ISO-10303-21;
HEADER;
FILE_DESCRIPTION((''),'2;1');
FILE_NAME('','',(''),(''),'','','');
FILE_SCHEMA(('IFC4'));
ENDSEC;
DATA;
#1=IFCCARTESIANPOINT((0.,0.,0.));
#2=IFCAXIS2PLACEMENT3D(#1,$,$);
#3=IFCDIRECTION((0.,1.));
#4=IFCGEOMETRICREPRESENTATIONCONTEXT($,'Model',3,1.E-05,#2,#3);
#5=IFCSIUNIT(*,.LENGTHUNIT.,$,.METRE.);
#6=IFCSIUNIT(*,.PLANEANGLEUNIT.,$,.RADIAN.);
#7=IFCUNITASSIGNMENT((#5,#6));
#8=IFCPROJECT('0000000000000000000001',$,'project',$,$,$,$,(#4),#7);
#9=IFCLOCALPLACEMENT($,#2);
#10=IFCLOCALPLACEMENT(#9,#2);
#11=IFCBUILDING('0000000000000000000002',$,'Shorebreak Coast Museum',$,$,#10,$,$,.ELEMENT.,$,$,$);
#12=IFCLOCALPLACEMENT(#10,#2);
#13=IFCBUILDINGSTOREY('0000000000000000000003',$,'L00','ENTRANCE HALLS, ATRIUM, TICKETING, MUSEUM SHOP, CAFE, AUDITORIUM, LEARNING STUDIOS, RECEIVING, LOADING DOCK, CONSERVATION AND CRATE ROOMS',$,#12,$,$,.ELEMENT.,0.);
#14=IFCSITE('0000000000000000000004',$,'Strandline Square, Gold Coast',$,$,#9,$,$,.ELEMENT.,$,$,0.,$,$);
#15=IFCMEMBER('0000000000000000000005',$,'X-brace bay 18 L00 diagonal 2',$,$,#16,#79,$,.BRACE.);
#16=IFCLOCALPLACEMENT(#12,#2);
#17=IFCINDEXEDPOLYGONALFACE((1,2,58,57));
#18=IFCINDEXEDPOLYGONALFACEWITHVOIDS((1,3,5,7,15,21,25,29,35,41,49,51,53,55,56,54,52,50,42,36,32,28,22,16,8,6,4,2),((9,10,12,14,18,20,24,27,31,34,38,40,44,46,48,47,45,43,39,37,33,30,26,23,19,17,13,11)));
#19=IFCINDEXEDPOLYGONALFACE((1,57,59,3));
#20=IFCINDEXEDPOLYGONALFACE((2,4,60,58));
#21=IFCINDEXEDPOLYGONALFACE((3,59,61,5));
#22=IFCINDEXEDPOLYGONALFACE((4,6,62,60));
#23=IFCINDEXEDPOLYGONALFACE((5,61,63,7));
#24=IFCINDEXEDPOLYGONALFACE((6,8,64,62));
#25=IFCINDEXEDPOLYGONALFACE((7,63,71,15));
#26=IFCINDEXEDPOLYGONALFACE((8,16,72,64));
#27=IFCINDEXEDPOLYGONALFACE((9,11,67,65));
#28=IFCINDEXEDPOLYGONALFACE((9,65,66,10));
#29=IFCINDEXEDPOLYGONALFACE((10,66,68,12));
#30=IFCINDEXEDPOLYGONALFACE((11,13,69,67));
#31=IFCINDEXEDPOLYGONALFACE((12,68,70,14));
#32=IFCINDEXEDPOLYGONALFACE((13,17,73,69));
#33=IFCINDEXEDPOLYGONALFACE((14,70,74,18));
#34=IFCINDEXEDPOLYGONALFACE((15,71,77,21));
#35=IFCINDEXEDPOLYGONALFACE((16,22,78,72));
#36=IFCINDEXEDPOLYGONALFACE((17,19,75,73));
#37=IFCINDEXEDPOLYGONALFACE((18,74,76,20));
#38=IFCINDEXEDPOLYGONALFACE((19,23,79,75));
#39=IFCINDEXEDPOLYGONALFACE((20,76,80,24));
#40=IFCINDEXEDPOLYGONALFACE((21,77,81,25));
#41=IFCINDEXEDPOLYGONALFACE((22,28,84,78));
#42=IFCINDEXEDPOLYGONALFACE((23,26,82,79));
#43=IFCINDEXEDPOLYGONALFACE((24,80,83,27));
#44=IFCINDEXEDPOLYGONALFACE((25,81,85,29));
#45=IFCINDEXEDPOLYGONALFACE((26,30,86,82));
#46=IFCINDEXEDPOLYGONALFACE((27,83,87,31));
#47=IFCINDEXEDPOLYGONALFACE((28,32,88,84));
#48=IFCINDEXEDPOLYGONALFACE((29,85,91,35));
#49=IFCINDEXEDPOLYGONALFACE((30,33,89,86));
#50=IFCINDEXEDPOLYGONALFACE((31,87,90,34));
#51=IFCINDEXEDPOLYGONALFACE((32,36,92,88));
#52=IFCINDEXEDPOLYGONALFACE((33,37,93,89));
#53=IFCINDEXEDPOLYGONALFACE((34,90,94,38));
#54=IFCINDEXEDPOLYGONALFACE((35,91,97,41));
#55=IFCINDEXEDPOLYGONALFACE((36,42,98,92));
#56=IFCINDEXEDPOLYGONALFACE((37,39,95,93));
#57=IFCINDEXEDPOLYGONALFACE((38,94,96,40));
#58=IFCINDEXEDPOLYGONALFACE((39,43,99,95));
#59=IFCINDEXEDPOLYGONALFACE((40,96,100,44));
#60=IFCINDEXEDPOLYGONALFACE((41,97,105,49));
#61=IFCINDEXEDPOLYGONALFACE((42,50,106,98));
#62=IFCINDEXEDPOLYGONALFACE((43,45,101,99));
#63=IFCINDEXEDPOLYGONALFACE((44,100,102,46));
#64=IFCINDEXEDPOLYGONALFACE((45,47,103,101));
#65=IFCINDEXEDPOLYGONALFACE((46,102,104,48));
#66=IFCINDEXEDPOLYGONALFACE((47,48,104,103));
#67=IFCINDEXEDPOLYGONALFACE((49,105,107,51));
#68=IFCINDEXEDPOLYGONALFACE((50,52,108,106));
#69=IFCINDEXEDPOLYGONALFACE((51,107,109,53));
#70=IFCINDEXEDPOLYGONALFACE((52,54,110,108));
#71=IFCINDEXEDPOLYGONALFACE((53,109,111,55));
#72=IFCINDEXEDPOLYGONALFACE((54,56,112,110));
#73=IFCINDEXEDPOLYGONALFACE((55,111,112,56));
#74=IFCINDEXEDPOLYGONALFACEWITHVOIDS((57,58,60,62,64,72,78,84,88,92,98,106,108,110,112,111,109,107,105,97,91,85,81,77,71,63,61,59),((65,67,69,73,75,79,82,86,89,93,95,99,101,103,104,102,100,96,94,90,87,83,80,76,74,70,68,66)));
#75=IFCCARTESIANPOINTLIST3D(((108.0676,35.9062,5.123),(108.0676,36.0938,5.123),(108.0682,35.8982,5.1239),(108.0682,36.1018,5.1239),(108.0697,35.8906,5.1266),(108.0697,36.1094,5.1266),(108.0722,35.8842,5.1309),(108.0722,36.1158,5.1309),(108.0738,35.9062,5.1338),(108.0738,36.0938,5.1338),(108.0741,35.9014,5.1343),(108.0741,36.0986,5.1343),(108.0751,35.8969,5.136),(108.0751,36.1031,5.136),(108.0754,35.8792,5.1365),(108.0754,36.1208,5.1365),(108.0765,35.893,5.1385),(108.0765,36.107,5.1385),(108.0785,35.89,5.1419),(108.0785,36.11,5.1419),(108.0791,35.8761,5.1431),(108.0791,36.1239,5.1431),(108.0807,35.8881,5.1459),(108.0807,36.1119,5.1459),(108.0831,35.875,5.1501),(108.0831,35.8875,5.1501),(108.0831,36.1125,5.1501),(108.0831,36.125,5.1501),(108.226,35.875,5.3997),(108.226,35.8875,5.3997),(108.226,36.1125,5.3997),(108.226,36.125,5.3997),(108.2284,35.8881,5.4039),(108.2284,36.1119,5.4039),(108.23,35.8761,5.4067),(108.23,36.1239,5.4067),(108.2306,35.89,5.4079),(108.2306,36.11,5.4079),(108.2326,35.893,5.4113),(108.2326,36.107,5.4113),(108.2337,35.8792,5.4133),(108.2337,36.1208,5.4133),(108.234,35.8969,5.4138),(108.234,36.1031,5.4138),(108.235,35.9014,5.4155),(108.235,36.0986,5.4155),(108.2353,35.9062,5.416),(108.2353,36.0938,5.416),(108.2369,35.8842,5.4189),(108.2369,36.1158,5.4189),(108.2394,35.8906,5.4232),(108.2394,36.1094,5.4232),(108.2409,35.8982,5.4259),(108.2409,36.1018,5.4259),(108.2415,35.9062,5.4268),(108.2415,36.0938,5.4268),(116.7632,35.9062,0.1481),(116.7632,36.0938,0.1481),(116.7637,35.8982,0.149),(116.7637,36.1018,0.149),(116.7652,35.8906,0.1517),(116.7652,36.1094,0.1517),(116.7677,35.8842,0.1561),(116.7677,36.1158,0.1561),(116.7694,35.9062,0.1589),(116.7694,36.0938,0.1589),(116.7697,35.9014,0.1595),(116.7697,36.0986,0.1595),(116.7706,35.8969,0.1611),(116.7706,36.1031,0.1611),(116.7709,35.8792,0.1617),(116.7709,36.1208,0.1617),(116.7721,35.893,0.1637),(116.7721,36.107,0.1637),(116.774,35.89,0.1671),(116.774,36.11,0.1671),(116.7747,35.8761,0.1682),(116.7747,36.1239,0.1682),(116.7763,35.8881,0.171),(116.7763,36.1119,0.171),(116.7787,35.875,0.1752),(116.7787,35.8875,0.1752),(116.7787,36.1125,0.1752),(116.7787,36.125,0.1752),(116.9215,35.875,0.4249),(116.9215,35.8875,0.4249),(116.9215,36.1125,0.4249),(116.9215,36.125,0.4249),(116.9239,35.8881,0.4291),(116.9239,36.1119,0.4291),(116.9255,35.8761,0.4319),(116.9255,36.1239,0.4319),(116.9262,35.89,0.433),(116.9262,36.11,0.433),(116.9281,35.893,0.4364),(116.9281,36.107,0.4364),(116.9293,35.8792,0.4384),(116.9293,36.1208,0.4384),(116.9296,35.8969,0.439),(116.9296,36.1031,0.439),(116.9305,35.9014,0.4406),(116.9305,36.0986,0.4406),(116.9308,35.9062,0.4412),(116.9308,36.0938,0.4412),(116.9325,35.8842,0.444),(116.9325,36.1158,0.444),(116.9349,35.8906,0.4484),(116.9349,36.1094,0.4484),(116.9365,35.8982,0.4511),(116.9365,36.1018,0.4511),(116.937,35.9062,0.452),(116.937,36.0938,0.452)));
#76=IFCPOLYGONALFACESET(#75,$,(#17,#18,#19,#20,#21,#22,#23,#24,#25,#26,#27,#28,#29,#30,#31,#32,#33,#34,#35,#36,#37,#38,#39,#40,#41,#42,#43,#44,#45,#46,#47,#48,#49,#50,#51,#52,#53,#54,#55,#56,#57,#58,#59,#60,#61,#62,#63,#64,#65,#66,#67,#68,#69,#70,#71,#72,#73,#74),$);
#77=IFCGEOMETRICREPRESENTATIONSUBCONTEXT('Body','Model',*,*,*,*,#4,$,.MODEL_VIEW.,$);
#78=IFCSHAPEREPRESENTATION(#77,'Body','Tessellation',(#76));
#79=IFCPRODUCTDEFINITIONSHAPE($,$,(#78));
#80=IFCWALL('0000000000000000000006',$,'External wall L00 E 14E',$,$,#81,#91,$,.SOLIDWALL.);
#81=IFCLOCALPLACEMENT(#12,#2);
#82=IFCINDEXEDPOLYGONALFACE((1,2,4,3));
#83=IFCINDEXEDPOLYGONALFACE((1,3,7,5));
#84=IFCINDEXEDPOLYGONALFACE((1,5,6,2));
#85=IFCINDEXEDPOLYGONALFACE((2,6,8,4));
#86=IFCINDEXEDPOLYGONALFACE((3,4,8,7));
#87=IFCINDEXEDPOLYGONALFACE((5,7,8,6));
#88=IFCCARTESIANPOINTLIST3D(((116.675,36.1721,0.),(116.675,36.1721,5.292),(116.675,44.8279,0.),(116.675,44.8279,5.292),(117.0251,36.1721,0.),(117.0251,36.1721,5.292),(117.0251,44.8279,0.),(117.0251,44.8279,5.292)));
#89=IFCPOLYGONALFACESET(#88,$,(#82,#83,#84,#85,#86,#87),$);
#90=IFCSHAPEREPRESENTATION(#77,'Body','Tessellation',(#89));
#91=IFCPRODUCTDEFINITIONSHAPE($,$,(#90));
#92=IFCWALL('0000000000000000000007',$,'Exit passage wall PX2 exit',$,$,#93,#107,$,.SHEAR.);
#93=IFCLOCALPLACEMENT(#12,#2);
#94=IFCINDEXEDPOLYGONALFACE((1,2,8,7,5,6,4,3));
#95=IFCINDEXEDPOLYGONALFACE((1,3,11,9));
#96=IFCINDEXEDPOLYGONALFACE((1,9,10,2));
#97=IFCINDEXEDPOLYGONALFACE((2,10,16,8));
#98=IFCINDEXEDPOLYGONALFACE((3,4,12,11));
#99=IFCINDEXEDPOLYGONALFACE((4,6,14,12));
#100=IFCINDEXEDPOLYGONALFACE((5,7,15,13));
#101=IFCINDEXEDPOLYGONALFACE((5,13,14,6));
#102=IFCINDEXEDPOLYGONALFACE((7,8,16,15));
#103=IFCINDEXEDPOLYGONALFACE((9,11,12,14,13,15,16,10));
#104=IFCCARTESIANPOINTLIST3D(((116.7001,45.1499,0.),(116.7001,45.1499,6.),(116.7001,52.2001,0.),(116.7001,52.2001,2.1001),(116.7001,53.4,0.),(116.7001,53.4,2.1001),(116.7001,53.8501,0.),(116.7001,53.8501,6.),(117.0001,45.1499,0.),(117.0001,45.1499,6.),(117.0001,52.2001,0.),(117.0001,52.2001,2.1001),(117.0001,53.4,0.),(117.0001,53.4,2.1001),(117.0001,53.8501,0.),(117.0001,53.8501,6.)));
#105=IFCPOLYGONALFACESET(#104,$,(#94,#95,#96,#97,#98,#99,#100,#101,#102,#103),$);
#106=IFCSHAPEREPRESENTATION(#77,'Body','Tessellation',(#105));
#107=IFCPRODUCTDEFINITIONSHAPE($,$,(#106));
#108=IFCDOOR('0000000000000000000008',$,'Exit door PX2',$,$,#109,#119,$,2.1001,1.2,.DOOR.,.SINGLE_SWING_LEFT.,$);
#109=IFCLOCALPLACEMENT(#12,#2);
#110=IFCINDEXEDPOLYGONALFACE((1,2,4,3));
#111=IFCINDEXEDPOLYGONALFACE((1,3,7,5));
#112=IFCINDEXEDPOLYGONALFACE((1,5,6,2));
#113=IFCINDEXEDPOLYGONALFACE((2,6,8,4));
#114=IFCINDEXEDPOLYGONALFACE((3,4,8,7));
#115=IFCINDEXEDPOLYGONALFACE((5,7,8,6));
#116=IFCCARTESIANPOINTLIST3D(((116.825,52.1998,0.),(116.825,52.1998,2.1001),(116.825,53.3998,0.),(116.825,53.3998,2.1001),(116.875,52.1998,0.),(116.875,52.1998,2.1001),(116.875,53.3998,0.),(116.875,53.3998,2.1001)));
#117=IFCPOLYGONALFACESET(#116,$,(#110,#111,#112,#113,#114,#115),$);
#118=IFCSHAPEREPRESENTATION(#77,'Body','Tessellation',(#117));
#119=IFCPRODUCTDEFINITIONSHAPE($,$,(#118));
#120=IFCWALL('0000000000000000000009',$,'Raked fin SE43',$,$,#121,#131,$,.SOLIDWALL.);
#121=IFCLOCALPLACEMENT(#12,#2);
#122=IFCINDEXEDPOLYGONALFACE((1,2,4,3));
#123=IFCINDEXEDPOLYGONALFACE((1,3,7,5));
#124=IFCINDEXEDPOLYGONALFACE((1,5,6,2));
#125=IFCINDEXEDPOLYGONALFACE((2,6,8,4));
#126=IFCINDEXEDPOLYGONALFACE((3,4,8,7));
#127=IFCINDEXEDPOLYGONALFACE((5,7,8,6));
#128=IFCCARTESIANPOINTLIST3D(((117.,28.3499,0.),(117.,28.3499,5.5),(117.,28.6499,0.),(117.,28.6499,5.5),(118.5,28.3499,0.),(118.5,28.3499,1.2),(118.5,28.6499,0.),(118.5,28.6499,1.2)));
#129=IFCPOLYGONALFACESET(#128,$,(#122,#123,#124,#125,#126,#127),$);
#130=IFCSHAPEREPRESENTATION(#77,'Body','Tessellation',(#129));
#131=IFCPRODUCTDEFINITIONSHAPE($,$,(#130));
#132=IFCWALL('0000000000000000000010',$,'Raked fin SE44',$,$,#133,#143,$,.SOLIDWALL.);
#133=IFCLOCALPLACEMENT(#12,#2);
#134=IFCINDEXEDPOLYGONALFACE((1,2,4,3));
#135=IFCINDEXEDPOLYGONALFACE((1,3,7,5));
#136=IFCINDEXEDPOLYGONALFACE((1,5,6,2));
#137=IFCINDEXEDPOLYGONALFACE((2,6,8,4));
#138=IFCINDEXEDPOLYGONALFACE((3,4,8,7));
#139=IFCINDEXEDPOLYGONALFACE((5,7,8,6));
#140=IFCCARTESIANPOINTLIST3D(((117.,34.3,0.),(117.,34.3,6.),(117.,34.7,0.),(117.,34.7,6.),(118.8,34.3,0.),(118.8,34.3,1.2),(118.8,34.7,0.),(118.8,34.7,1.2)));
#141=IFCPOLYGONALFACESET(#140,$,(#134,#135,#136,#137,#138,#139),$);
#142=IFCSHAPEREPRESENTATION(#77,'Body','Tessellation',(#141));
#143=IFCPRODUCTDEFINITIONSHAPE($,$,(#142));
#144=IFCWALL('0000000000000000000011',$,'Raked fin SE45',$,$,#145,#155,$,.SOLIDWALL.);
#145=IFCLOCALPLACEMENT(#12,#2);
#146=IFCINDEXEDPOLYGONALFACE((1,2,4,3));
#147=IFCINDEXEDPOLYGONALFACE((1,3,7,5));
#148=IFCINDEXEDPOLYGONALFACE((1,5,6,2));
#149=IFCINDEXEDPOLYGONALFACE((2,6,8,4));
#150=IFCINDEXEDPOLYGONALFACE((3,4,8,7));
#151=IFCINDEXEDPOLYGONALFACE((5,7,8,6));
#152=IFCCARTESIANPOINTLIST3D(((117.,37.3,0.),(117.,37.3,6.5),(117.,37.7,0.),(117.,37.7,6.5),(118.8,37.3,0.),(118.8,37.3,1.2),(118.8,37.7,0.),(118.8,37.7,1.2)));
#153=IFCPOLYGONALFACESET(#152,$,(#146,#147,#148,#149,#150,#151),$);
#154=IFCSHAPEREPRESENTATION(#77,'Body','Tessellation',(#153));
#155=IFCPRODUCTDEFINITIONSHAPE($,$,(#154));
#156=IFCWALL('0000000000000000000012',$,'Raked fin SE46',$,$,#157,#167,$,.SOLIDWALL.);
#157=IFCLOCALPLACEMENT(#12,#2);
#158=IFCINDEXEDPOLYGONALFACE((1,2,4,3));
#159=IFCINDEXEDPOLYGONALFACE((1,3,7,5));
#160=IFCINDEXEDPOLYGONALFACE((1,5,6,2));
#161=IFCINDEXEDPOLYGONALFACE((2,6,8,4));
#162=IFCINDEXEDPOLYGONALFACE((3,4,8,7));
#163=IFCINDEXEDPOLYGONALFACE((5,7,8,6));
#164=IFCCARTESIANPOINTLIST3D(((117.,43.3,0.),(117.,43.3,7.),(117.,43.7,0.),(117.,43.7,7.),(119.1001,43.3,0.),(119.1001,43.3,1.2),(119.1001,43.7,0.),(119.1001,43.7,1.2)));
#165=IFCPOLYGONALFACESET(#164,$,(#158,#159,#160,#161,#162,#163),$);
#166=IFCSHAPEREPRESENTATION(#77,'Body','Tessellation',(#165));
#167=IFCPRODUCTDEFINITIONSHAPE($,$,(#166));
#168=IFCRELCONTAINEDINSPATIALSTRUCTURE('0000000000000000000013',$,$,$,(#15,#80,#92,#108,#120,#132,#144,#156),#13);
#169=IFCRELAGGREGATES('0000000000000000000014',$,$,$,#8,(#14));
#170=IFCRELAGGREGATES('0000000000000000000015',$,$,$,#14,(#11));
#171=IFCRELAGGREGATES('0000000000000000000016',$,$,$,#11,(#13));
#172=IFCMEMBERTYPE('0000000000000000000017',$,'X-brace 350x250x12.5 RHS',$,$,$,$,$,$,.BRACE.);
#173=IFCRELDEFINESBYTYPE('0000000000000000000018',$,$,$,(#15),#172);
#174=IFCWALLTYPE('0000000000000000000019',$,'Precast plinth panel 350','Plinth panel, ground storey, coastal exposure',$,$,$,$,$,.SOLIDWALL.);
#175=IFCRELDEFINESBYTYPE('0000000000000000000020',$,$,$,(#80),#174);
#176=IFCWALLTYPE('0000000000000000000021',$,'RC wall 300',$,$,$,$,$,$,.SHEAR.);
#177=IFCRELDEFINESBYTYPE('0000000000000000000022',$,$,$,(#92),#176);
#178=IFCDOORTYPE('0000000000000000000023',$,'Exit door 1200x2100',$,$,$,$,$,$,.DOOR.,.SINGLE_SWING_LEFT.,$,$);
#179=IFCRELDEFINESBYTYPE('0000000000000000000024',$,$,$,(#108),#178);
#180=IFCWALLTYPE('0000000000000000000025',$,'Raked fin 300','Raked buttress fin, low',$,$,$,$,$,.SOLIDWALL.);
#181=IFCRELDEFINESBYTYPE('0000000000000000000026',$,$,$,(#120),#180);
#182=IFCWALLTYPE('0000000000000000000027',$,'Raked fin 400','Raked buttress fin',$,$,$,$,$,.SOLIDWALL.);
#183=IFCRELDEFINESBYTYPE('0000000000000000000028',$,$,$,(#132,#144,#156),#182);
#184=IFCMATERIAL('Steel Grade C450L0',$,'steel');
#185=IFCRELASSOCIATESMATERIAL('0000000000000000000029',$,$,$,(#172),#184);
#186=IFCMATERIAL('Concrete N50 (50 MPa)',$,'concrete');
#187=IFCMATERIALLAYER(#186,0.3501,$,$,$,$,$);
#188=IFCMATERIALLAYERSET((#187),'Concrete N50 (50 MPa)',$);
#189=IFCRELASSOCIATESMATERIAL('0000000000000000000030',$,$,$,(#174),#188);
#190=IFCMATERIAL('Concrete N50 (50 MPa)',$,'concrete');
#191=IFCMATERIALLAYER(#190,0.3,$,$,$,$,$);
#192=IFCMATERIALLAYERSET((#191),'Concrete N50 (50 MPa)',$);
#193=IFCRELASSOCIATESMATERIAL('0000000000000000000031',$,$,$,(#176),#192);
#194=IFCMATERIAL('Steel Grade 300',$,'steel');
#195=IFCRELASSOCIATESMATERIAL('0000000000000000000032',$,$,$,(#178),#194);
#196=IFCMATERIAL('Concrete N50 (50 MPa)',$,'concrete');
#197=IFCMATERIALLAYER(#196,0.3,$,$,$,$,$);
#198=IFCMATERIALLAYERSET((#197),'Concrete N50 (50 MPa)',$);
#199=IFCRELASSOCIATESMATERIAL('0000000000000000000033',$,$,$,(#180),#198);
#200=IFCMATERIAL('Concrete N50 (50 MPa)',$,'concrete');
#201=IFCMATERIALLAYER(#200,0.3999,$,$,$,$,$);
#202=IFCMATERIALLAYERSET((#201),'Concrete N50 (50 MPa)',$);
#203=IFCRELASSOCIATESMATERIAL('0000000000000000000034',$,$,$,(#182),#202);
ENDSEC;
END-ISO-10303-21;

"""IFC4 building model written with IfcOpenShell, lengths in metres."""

from ifc_helpers import new_model, si_unit, direction, frame, frame_2d, origin, origin_2d, place, context, subcontext, project, spatial, polyline, rectangle, hollow_rectangle, outline, extrude, material, layer, layer_set, material_profile, profile_set, type_object, element, fill, save


model = new_model("IFC4")

# Units and contexts
model_context = context("Model", 3, precision=1e-05, world=origin(), true_north=direction((0.0, 1.0)))
body_context = subcontext(model_context, "Body", "Model", "MODEL_VIEW")
ifc_project = project(units=[si_unit("LENGTHUNIT", "METRE"), si_unit("PLANEANGLEUNIT", "RADIAN")], contexts=[model_context])

# Site, building, storey
site_placement = place(None, origin())
site = spatial("IfcSite", under=ifc_project, at=site_placement, Name="Strandline Square, Gold Coast", CompositionType="ELEMENT", RefElevation=0.0)
building_placement = place(site_placement, origin())
building = spatial("IfcBuilding", under=site, at=building_placement, Name="Shorebreak Coast Museum", CompositionType="ELEMENT")
storey_placement = place(building_placement, origin())
storey = spatial("IfcBuildingStorey", under=building, at=storey_placement, Name="L00", Description="ENTRANCE HALLS, ATRIUM, TICKETING, MUSEUM SHOP, CAFE, AUDITORIUM, LEARNING STUDIOS, RECEIVING, LOADING DOCK, CONSERVATION AND CRATE ROOMS", CompositionType="ELEMENT", Elevation=0.0)

# Member
ifc_material_1 = material(Name="Steel Grade C450L0", Category="steel")
ifc_material_profile_1 = material_profile(ifc_material_1, hollow_rectangle(XDim=0.25, YDim=0.3501, WallThickness=0.0125, InnerFilletRadius=0.0188, OuterFilletRadius=0.0312, at=origin_2d()), Name="350x250x12.5 RHS")
ifc_profile_set_1 = profile_set([ifc_material_profile_1], Name="Steel Grade C450L0")
member_type = type_object("IfcMemberType", Name="X-brace 350x250x12.5 RHS", PredefinedType="BRACE", material=ifc_profile_set_1)
member_placement = place(storey_placement, frame((116.8501, 36.0, 0.3), z_axis=(-0.867987, 0.0, 0.496588), x_axis=(0.0, -1.0, 0.0)))
element("IfcMember", 1, at=member_placement, inside=storey, type_object=member_type, Name="X-brace bay 18 L00 diagonal 2", PredefinedType="BRACE", context=body_context, shape_type="SweptSolid", body=[
    extrude(hollow_rectangle(XDim=0.25, YDim=0.3501, WallThickness=0.0125, InnerFilletRadius=0.0188, OuterFilletRadius=0.0312, at=origin_2d()), origin(), (0.0, 0.0, 1.0), 10.0181),
])

# Wall
ifc_material_2 = material(Name="Concrete N50 (50 MPa)", Category="concrete")
ifc_layer_1 = layer(ifc_material_2, 0.3501)
ifc_layer_set_1 = layer_set([ifc_layer_1], Name="Concrete N50 (50 MPa)")
wall_type_1 = type_object("IfcWallType", Name="Precast plinth panel 350", Description="Plinth panel, ground storey, coastal exposure", PredefinedType="SOLIDWALL", material=ifc_layer_set_1)
wall_1_placement = place(storey_placement, frame((116.8501, 36.1721, 0.0), z_axis=(0.0, 0.0, 1.0), x_axis=(0.0, 1.0, 0.0)))
element("IfcWall", 2, at=wall_1_placement, inside=storey, type_object=wall_type_1, Name="External wall L00 E 14E", PredefinedType="SOLIDWALL", context=body_context, shape_type="SweptSolid", body=[
    extrude(rectangle(XDim=8.6558, YDim=0.3501, at=frame_2d((4.3279, 0.0))), origin(), (0.0, 0.0, 1.0), 5.292),
])

# Wall, opening, door
ifc_material_3 = material(Name="Concrete N50 (50 MPa)", Category="concrete")
ifc_layer_2 = layer(ifc_material_3, 0.3)
ifc_layer_set_2 = layer_set([ifc_layer_2], Name="Concrete N50 (50 MPa)")
wall_type_2 = type_object("IfcWallType", Name="RC wall 300", PredefinedType="SHEAR", material=ifc_layer_set_2)
wall_2_placement = place(storey_placement, frame((116.8501, 45.1499, 0.0), z_axis=(0.0, 0.0, 1.0), x_axis=(0.0, 1.0, 0.0)))
wall_2 = element("IfcWall", 3, at=wall_2_placement, inside=storey, type_object=wall_type_2, Name="Exit passage wall PX2 exit", PredefinedType="SHEAR", context=body_context, shape_type="SweptSolid", body=[
    extrude(rectangle(XDim=8.7002, YDim=0.3, at=frame_2d((4.3501, 0.0))), origin(), (0.0, 0.0, 1.0), 6.0),
])
opening_placement = place(wall_2_placement, frame((7.05, 0.0, 0.0)))
opening = element("IfcOpeningElement", 4, at=opening_placement, cuts=wall_2, PredefinedType="OPENING", context=body_context, shape_type="SweptSolid", body=[
    extrude(rectangle(XDim=1.2, YDim=2.1001, at=frame_2d((0.6001, 1.05))), frame((0.0, 0.1599, 0.0), z_axis=(0.0, -1.0, 0.0), x_axis=(1.0, 0.0, 0.0)), (0.0, 0.0, 1.0), 0.3201),
])
ifc_material_4 = material(Name="Steel Grade 300", Category="steel")
door_type = type_object("IfcDoorType", Name="Exit door 1200x2100", OperationType="SINGLE_SWING_LEFT", PredefinedType="DOOR", material=ifc_material_4)
door_placement = place(opening_placement, frame((1.2, 0.0, 0.0), z_axis=(0.0, 0.0, 1.0), x_axis=(-1.0, 0.0, 0.0)))
door = element("IfcDoor", 5, at=door_placement, inside=storey, type_object=door_type, Name="Exit door PX2", OperationType="SINGLE_SWING_LEFT", OverallHeight=2.1001, OverallWidth=1.2, PredefinedType="DOOR", context=body_context, shape_type="SweptSolid", body=[
    extrude(rectangle(XDim=1.2, YDim=2.1001, at=frame_2d((0.6001, 1.05))), frame((0.0, 0.0249, 0.0), z_axis=(0.0, -1.0, 0.0), x_axis=(1.0, 0.0, 0.0)), (0.0, 0.0, 1.0), 0.05),
])
fill(opening, door)

# Walls
ifc_material_5 = material(Name="Concrete N50 (50 MPa)", Category="concrete")
ifc_layer_3 = layer(ifc_material_5, 0.3)
ifc_layer_set_3 = layer_set([ifc_layer_3], Name="Concrete N50 (50 MPa)")
wall_type_3 = type_object("IfcWallType", Name="Raked fin 300", Description="Raked buttress fin, low", PredefinedType="SOLIDWALL", material=ifc_layer_set_3)
wall_3_placement = place(storey_placement, frame((117.0, 28.5, 0.0), z_axis=(0.0, 0.0, 1.0), x_axis=(1.0, 0.0, 0.0)))
element("IfcWall", 6, at=wall_3_placement, inside=storey, type_object=wall_type_3, Name="Raked fin SE43", PredefinedType="SOLIDWALL", context=body_context, shape_type="SweptSolid", body=[
    extrude(outline(polyline([(0.0, 0.0), (1.5, 0.0), (1.5, 1.2), (0.0, 5.5), (0.0, 0.0)])), frame((0.0, 0.1499, 0.0), z_axis=(0.0, -1.0, 0.0), x_axis=(1.0, 0.0, 0.0)), (0.0, 0.0, 1.0), 0.3),
])
ifc_material_6 = material(Name="Concrete N50 (50 MPa)", Category="concrete")
ifc_layer_4 = layer(ifc_material_6, 0.3999)
ifc_layer_set_4 = layer_set([ifc_layer_4], Name="Concrete N50 (50 MPa)")
wall_type_4 = type_object("IfcWallType", Name="Raked fin 400", Description="Raked buttress fin", PredefinedType="SOLIDWALL", material=ifc_layer_set_4)
wall_4_placement = place(storey_placement, frame((117.0, 34.5, 0.0), z_axis=(0.0, 0.0, 1.0), x_axis=(1.0, 0.0, 0.0)))
element("IfcWall", 7, at=wall_4_placement, inside=storey, type_object=wall_type_4, Name="Raked fin SE44", PredefinedType="SOLIDWALL", context=body_context, shape_type="SweptSolid", body=[
    extrude(outline(polyline([(0.0, 0.0), (1.8, 0.0), (1.8, 1.2), (0.0, 6.0), (0.0, 0.0)])), frame((0.0, 0.2, 0.0), z_axis=(0.0, -1.0, 0.0), x_axis=(1.0, 0.0, 0.0)), (0.0, 0.0, 1.0), 0.3999),
])
wall_5_placement = place(storey_placement, frame((117.0, 37.5, 0.0), z_axis=(0.0, 0.0, 1.0), x_axis=(1.0, 0.0, 0.0)))
element("IfcWall", 8, at=wall_5_placement, inside=storey, type_object=wall_type_4, Name="Raked fin SE45", PredefinedType="SOLIDWALL", context=body_context, shape_type="SweptSolid", body=[
    extrude(outline(polyline([(0.0, 0.0), (1.8, 0.0), (1.8, 1.2), (0.0, 6.5), (0.0, 0.0)])), frame((0.0, 0.2, 0.0), z_axis=(0.0, -1.0, 0.0), x_axis=(1.0, 0.0, 0.0)), (0.0, 0.0, 1.0), 0.3999),
])
wall_6_placement = place(storey_placement, frame((117.0, 43.5, 0.0), z_axis=(0.0, 0.0, 1.0), x_axis=(1.0, 0.0, 0.0)))
element("IfcWall", 9, at=wall_6_placement, inside=storey, type_object=wall_type_4, Name="Raked fin SE46", PredefinedType="SOLIDWALL", context=body_context, shape_type="SweptSolid", body=[
    extrude(outline(polyline([(0.0, 0.0), (2.1001, 0.0), (2.1001, 1.2), (0.0, 7.0), (0.0, 0.0)])), frame((0.0, 0.2, 0.0), z_axis=(0.0, -1.0, 0.0), x_axis=(1.0, 0.0, 0.0)), (0.0, 0.0, 1.0), 0.3999),
])

save(model, "model.ifc")
